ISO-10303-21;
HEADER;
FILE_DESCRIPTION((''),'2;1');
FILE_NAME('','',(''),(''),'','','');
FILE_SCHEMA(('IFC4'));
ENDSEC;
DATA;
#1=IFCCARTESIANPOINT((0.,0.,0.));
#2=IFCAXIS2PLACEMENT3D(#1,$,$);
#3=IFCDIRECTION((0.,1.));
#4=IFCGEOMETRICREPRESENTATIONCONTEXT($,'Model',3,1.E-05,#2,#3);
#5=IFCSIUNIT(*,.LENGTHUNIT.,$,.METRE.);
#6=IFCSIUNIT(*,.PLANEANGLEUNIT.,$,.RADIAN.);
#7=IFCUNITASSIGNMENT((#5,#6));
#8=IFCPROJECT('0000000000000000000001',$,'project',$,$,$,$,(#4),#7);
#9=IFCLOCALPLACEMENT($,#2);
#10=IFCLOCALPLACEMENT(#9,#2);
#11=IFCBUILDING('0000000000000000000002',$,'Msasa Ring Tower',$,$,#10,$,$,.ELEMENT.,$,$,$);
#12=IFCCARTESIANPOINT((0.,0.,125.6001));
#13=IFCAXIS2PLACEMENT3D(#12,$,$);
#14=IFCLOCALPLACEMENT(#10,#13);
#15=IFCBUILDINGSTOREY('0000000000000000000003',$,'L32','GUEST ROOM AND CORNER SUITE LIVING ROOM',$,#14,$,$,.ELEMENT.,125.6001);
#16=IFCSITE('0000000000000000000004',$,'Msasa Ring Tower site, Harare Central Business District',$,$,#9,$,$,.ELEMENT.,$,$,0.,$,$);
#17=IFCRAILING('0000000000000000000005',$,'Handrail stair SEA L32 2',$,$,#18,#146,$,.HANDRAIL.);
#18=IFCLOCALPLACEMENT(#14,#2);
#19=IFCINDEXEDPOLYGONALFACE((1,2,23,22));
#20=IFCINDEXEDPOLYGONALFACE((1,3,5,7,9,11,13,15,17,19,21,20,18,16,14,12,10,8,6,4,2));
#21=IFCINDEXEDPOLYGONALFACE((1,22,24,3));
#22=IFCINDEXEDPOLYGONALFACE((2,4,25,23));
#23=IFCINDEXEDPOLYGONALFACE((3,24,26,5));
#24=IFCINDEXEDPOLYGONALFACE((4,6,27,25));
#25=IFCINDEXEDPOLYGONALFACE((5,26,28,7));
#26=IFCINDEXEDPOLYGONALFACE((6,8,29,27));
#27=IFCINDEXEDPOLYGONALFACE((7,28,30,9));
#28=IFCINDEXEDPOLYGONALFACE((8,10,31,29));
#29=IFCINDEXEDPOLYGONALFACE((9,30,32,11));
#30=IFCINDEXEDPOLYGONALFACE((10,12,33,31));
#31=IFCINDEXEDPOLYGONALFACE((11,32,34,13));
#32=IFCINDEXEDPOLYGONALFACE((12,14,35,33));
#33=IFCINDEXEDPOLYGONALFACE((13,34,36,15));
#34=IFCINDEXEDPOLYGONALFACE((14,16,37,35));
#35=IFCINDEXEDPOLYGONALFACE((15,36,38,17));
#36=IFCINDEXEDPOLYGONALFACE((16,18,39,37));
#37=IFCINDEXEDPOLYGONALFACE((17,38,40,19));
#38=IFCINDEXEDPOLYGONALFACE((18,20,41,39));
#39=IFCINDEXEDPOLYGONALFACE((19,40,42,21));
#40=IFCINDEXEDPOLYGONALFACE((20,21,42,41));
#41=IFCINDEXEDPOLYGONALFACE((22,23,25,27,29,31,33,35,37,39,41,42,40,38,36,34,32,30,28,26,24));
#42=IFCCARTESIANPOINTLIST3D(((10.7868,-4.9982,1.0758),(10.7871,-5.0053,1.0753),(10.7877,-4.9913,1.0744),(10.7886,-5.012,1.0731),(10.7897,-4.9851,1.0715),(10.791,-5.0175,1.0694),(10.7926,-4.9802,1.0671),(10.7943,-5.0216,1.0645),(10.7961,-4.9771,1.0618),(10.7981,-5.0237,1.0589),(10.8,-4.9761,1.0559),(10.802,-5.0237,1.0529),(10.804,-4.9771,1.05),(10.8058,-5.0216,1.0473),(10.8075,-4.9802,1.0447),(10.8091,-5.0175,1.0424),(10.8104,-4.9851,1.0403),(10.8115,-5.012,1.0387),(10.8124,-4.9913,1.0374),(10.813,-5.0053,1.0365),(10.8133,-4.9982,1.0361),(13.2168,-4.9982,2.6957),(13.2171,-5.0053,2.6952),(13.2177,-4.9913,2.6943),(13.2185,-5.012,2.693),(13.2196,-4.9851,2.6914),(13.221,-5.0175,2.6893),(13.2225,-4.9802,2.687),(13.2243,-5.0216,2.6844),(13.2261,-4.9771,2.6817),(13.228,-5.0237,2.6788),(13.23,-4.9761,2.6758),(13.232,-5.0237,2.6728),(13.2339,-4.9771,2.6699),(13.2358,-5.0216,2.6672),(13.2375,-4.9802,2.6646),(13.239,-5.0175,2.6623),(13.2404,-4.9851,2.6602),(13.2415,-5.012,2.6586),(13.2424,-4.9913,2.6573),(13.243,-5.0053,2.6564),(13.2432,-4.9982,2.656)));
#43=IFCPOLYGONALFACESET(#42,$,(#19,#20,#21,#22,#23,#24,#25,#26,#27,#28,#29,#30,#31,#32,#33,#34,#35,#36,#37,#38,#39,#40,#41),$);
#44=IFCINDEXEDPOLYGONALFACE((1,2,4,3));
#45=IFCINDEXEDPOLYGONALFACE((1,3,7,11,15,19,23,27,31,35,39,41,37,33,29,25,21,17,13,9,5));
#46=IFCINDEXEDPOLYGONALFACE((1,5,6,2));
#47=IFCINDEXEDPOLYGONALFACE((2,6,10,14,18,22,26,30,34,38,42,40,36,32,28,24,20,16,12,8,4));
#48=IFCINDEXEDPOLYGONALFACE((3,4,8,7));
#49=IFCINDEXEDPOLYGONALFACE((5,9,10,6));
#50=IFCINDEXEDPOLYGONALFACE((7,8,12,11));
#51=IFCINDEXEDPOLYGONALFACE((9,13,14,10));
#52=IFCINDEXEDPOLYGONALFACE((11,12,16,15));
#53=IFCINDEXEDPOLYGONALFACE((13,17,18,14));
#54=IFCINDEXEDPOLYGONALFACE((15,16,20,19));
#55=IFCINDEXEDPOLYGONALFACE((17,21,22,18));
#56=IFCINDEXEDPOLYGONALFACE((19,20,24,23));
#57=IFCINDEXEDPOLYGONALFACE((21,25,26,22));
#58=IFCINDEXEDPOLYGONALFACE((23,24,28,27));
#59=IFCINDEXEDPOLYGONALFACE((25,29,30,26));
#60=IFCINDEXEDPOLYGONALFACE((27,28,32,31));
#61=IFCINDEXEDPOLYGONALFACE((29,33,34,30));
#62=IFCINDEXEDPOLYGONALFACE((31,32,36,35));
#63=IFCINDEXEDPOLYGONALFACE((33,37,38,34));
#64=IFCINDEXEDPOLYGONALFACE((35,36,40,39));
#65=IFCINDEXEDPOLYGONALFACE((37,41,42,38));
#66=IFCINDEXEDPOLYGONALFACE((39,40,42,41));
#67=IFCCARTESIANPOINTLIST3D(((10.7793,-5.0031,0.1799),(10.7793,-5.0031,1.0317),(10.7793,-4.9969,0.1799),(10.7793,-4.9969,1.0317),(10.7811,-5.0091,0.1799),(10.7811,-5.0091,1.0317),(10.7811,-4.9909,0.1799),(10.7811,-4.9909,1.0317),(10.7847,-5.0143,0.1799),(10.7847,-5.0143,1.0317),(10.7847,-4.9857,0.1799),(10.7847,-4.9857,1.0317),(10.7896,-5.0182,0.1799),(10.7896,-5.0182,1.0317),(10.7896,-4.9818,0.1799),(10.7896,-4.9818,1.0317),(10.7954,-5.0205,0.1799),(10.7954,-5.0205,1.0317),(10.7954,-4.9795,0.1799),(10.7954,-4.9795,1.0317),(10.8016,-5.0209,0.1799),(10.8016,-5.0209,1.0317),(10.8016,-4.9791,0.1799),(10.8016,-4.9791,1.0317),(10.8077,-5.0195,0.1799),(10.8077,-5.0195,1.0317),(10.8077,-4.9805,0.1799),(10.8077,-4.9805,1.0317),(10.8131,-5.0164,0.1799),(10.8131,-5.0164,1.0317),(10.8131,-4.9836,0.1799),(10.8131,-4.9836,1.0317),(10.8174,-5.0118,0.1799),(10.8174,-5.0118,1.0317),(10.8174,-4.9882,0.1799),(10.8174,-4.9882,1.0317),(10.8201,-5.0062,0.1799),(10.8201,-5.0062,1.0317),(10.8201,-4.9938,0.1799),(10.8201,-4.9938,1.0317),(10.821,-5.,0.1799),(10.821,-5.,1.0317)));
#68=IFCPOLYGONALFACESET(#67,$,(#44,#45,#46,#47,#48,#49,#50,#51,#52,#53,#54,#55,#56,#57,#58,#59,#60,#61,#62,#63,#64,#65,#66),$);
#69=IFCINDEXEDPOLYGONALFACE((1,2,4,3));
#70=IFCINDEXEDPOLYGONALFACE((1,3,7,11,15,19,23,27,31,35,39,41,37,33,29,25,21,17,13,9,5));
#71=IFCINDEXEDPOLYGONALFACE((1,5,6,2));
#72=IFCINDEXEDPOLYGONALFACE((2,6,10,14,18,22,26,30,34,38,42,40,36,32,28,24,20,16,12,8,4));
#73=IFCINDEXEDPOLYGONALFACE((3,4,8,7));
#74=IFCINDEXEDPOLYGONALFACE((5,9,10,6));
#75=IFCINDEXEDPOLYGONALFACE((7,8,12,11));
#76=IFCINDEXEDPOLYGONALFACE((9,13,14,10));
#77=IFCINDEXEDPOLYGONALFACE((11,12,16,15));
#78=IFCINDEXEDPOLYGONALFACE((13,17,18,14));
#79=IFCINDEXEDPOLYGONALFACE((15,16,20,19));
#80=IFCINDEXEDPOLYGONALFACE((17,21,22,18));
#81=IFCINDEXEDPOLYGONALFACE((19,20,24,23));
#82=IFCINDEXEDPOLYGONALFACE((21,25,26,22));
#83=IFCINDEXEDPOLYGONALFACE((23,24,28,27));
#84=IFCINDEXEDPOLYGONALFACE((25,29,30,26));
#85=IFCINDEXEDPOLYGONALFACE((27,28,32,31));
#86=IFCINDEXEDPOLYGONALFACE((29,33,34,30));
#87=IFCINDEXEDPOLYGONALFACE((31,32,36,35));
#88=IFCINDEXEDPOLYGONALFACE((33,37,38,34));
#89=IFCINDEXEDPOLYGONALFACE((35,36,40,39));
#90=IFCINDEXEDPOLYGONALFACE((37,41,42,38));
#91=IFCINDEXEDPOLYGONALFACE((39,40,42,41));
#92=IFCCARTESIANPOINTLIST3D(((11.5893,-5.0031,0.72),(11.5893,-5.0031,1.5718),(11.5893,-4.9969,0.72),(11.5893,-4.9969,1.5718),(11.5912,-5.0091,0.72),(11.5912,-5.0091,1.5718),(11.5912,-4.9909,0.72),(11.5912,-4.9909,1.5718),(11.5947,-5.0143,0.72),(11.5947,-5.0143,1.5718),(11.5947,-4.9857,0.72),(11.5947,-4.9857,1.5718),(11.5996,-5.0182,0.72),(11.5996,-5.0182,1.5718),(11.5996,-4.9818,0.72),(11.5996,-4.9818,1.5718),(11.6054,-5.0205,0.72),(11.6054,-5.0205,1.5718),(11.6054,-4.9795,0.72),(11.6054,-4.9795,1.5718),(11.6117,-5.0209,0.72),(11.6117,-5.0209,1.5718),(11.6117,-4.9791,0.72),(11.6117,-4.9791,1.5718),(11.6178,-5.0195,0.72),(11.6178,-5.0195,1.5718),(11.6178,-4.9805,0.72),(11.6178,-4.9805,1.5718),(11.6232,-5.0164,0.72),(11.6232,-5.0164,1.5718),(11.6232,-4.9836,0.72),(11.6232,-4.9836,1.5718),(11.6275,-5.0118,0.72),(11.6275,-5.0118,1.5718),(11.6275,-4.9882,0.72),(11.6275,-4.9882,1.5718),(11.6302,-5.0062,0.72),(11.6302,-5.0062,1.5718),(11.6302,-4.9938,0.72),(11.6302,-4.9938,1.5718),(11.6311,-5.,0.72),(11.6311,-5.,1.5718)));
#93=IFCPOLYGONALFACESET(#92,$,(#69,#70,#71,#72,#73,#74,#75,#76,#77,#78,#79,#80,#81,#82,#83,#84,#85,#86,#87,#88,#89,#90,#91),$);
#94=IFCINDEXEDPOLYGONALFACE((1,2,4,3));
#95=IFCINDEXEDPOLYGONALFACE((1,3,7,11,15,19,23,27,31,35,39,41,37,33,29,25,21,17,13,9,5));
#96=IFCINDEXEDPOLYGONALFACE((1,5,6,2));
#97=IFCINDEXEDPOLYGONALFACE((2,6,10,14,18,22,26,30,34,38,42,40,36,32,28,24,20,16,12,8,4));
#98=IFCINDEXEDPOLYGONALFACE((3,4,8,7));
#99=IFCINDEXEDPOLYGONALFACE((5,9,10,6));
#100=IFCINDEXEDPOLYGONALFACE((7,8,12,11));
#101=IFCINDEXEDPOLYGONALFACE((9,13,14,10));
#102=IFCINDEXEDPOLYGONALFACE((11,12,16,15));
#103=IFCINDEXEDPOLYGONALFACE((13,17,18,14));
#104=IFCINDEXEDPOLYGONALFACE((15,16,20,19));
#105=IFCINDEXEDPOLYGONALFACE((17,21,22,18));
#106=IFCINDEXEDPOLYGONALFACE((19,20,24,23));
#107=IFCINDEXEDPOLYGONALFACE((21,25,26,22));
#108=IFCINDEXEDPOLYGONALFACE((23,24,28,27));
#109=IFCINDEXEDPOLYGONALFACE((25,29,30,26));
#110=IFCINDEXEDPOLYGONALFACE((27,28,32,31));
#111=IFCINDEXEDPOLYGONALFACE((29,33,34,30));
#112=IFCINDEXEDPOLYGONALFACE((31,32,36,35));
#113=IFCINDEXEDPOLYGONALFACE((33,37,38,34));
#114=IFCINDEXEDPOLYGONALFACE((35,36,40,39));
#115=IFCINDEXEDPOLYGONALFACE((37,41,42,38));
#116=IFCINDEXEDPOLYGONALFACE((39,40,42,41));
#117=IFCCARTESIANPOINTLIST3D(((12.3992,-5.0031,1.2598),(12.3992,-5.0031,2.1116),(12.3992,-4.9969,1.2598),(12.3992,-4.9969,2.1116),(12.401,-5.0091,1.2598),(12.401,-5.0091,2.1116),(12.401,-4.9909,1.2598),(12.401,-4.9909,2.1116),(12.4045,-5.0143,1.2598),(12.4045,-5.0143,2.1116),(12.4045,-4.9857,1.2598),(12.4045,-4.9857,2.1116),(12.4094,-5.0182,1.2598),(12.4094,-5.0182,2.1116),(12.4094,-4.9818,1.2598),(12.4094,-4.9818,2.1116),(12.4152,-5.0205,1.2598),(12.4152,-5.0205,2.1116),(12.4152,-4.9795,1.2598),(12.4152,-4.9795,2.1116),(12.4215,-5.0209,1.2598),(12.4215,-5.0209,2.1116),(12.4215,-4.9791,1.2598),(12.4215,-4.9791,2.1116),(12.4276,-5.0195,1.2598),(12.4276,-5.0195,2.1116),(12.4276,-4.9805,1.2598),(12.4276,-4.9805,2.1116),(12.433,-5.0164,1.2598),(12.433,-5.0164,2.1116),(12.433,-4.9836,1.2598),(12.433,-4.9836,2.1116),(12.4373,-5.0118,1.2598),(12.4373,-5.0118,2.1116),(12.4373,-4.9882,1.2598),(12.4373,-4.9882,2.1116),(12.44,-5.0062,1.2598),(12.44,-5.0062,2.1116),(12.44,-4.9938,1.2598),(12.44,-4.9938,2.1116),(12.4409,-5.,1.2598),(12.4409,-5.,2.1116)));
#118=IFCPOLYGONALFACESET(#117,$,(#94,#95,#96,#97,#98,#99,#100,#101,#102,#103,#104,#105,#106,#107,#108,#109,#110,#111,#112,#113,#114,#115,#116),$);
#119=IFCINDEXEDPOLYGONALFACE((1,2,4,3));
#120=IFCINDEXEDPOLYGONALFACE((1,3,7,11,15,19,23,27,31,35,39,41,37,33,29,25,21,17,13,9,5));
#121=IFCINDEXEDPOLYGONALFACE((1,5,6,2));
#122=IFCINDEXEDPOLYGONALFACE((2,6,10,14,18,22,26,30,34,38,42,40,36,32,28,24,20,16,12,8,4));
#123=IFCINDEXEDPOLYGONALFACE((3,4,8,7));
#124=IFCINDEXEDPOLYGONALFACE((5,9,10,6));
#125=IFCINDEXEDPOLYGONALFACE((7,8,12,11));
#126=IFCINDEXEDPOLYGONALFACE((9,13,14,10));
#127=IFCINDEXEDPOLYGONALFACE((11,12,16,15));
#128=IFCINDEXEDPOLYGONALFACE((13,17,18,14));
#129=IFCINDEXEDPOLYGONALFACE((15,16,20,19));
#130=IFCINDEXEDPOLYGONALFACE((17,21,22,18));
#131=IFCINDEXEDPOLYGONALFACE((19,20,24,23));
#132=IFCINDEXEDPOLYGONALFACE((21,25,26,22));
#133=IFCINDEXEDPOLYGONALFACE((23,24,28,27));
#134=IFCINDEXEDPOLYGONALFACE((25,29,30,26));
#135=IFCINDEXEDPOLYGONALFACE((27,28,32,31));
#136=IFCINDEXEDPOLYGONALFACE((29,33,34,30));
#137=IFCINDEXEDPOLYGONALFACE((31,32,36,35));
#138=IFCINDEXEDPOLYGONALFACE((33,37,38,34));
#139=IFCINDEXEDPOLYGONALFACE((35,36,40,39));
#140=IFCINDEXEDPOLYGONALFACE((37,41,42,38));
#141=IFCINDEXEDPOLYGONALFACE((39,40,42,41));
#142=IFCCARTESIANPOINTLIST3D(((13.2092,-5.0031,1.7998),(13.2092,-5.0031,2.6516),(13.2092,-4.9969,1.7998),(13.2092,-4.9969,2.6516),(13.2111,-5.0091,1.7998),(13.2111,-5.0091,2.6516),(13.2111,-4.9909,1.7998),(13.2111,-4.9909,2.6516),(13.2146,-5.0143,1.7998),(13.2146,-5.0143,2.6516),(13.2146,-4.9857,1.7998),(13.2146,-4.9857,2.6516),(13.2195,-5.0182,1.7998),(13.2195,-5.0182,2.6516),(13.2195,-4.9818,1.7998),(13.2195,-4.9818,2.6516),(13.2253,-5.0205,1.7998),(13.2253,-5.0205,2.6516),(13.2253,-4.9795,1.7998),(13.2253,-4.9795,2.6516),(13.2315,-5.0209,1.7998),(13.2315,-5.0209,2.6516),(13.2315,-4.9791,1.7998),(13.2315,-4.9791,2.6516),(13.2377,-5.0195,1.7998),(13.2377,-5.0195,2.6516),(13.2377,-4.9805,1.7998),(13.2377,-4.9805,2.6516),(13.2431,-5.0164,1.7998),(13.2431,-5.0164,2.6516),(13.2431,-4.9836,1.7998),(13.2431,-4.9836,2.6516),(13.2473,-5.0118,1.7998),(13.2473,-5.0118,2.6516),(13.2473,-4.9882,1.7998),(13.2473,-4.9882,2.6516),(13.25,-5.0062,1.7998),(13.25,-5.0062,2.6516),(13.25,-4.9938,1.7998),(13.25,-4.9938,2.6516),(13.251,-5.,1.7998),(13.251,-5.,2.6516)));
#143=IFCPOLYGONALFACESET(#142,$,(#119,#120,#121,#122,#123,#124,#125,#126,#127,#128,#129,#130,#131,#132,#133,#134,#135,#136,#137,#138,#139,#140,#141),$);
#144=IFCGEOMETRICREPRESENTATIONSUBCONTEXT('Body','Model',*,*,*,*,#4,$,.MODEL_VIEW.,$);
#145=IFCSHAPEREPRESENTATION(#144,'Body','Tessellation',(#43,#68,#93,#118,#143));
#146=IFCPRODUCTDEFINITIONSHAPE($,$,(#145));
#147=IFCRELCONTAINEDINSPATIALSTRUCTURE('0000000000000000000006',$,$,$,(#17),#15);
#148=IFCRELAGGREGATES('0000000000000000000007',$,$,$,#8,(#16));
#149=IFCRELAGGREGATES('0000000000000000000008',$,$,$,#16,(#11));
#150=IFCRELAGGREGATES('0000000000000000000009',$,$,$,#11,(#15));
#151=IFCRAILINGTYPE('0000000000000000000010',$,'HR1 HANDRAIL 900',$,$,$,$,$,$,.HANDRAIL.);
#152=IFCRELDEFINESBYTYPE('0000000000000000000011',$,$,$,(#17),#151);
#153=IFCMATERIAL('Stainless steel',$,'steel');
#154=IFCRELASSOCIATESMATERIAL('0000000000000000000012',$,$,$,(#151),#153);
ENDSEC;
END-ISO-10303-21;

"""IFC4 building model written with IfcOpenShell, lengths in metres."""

from ifc_helpers import new_model, si_unit, direction, frame, origin, origin_2d, place, context, subcontext, project, spatial, circle, extrude, material, type_object, element, save


model = new_model("IFC4")

# Units and contexts
model_context = context("Model", 3, precision=1e-05, world=origin(), true_north=direction((0.0, 1.0)))
body_context = subcontext(model_context, "Body", "Model", "MODEL_VIEW")
ifc_project = project(units=[si_unit("LENGTHUNIT", "METRE"), si_unit("PLANEANGLEUNIT", "RADIAN")], contexts=[model_context])

# Site, building, storey
site_placement = place(None, origin())
site = spatial("IfcSite", under=ifc_project, at=site_placement, Name="Msasa Ring Tower site, Harare Central Business District", CompositionType="ELEMENT", RefElevation=0.0)
building_placement = place(site_placement, origin())
building = spatial("IfcBuilding", under=site, at=building_placement, Name="Msasa Ring Tower", CompositionType="ELEMENT")
storey_placement = place(building_placement, frame((0.0, 0.0, 125.6001)))
storey = spatial("IfcBuildingStorey", under=building, at=storey_placement, Name="L32", Description="GUEST ROOM AND CORNER SUITE LIVING ROOM", CompositionType="ELEMENT", Elevation=125.6001)

# Railing
ifc_material_1 = material(Name="Stainless steel", Category="steel")
railing_type = type_object("IfcRailingType", Name="HR1 HANDRAIL 900", PredefinedType="HANDRAIL", material=ifc_material_1)
for number, where, name in (
    (1, (10.8, -5.0, 0.1799), "Handrail stair SEA L32 2"),
):
    element("IfcRailing", number, at=place(storey_placement, frame(where)), inside=storey, type_object=railing_type, Name=name, PredefinedType="HANDRAIL", context=body_context, shape_type="SweptSolid", body=[
        extrude(circle(Radius=0.0239, at=origin_2d()), frame((0.0, 0.0, 0.876), z_axis=(0.832063, 0.0, 0.554681), x_axis=(0.0, 1.0, 0.0)), (0.0, 0.0, 1.0), 2.9204),
        extrude(circle(Radius=0.021, at=origin_2d()), origin(), (0.0, 0.0, 1.0), 0.8518),
        extrude(circle(Radius=0.021, at=origin_2d()), frame((0.8101, 0.0, 0.54)), (0.0, 0.0, 1.0), 0.8518),
        extrude(circle(Radius=0.021, at=origin_2d()), frame((1.6199, 0.0, 1.0798)), (0.0, 0.0, 1.0), 0.8518),
        extrude(circle(Radius=0.021, at=origin_2d()), frame((2.4299, 0.0, 1.6199)), (0.0, 0.0, 1.0), 0.8518),
    ])

save(model, "model.ifc")
